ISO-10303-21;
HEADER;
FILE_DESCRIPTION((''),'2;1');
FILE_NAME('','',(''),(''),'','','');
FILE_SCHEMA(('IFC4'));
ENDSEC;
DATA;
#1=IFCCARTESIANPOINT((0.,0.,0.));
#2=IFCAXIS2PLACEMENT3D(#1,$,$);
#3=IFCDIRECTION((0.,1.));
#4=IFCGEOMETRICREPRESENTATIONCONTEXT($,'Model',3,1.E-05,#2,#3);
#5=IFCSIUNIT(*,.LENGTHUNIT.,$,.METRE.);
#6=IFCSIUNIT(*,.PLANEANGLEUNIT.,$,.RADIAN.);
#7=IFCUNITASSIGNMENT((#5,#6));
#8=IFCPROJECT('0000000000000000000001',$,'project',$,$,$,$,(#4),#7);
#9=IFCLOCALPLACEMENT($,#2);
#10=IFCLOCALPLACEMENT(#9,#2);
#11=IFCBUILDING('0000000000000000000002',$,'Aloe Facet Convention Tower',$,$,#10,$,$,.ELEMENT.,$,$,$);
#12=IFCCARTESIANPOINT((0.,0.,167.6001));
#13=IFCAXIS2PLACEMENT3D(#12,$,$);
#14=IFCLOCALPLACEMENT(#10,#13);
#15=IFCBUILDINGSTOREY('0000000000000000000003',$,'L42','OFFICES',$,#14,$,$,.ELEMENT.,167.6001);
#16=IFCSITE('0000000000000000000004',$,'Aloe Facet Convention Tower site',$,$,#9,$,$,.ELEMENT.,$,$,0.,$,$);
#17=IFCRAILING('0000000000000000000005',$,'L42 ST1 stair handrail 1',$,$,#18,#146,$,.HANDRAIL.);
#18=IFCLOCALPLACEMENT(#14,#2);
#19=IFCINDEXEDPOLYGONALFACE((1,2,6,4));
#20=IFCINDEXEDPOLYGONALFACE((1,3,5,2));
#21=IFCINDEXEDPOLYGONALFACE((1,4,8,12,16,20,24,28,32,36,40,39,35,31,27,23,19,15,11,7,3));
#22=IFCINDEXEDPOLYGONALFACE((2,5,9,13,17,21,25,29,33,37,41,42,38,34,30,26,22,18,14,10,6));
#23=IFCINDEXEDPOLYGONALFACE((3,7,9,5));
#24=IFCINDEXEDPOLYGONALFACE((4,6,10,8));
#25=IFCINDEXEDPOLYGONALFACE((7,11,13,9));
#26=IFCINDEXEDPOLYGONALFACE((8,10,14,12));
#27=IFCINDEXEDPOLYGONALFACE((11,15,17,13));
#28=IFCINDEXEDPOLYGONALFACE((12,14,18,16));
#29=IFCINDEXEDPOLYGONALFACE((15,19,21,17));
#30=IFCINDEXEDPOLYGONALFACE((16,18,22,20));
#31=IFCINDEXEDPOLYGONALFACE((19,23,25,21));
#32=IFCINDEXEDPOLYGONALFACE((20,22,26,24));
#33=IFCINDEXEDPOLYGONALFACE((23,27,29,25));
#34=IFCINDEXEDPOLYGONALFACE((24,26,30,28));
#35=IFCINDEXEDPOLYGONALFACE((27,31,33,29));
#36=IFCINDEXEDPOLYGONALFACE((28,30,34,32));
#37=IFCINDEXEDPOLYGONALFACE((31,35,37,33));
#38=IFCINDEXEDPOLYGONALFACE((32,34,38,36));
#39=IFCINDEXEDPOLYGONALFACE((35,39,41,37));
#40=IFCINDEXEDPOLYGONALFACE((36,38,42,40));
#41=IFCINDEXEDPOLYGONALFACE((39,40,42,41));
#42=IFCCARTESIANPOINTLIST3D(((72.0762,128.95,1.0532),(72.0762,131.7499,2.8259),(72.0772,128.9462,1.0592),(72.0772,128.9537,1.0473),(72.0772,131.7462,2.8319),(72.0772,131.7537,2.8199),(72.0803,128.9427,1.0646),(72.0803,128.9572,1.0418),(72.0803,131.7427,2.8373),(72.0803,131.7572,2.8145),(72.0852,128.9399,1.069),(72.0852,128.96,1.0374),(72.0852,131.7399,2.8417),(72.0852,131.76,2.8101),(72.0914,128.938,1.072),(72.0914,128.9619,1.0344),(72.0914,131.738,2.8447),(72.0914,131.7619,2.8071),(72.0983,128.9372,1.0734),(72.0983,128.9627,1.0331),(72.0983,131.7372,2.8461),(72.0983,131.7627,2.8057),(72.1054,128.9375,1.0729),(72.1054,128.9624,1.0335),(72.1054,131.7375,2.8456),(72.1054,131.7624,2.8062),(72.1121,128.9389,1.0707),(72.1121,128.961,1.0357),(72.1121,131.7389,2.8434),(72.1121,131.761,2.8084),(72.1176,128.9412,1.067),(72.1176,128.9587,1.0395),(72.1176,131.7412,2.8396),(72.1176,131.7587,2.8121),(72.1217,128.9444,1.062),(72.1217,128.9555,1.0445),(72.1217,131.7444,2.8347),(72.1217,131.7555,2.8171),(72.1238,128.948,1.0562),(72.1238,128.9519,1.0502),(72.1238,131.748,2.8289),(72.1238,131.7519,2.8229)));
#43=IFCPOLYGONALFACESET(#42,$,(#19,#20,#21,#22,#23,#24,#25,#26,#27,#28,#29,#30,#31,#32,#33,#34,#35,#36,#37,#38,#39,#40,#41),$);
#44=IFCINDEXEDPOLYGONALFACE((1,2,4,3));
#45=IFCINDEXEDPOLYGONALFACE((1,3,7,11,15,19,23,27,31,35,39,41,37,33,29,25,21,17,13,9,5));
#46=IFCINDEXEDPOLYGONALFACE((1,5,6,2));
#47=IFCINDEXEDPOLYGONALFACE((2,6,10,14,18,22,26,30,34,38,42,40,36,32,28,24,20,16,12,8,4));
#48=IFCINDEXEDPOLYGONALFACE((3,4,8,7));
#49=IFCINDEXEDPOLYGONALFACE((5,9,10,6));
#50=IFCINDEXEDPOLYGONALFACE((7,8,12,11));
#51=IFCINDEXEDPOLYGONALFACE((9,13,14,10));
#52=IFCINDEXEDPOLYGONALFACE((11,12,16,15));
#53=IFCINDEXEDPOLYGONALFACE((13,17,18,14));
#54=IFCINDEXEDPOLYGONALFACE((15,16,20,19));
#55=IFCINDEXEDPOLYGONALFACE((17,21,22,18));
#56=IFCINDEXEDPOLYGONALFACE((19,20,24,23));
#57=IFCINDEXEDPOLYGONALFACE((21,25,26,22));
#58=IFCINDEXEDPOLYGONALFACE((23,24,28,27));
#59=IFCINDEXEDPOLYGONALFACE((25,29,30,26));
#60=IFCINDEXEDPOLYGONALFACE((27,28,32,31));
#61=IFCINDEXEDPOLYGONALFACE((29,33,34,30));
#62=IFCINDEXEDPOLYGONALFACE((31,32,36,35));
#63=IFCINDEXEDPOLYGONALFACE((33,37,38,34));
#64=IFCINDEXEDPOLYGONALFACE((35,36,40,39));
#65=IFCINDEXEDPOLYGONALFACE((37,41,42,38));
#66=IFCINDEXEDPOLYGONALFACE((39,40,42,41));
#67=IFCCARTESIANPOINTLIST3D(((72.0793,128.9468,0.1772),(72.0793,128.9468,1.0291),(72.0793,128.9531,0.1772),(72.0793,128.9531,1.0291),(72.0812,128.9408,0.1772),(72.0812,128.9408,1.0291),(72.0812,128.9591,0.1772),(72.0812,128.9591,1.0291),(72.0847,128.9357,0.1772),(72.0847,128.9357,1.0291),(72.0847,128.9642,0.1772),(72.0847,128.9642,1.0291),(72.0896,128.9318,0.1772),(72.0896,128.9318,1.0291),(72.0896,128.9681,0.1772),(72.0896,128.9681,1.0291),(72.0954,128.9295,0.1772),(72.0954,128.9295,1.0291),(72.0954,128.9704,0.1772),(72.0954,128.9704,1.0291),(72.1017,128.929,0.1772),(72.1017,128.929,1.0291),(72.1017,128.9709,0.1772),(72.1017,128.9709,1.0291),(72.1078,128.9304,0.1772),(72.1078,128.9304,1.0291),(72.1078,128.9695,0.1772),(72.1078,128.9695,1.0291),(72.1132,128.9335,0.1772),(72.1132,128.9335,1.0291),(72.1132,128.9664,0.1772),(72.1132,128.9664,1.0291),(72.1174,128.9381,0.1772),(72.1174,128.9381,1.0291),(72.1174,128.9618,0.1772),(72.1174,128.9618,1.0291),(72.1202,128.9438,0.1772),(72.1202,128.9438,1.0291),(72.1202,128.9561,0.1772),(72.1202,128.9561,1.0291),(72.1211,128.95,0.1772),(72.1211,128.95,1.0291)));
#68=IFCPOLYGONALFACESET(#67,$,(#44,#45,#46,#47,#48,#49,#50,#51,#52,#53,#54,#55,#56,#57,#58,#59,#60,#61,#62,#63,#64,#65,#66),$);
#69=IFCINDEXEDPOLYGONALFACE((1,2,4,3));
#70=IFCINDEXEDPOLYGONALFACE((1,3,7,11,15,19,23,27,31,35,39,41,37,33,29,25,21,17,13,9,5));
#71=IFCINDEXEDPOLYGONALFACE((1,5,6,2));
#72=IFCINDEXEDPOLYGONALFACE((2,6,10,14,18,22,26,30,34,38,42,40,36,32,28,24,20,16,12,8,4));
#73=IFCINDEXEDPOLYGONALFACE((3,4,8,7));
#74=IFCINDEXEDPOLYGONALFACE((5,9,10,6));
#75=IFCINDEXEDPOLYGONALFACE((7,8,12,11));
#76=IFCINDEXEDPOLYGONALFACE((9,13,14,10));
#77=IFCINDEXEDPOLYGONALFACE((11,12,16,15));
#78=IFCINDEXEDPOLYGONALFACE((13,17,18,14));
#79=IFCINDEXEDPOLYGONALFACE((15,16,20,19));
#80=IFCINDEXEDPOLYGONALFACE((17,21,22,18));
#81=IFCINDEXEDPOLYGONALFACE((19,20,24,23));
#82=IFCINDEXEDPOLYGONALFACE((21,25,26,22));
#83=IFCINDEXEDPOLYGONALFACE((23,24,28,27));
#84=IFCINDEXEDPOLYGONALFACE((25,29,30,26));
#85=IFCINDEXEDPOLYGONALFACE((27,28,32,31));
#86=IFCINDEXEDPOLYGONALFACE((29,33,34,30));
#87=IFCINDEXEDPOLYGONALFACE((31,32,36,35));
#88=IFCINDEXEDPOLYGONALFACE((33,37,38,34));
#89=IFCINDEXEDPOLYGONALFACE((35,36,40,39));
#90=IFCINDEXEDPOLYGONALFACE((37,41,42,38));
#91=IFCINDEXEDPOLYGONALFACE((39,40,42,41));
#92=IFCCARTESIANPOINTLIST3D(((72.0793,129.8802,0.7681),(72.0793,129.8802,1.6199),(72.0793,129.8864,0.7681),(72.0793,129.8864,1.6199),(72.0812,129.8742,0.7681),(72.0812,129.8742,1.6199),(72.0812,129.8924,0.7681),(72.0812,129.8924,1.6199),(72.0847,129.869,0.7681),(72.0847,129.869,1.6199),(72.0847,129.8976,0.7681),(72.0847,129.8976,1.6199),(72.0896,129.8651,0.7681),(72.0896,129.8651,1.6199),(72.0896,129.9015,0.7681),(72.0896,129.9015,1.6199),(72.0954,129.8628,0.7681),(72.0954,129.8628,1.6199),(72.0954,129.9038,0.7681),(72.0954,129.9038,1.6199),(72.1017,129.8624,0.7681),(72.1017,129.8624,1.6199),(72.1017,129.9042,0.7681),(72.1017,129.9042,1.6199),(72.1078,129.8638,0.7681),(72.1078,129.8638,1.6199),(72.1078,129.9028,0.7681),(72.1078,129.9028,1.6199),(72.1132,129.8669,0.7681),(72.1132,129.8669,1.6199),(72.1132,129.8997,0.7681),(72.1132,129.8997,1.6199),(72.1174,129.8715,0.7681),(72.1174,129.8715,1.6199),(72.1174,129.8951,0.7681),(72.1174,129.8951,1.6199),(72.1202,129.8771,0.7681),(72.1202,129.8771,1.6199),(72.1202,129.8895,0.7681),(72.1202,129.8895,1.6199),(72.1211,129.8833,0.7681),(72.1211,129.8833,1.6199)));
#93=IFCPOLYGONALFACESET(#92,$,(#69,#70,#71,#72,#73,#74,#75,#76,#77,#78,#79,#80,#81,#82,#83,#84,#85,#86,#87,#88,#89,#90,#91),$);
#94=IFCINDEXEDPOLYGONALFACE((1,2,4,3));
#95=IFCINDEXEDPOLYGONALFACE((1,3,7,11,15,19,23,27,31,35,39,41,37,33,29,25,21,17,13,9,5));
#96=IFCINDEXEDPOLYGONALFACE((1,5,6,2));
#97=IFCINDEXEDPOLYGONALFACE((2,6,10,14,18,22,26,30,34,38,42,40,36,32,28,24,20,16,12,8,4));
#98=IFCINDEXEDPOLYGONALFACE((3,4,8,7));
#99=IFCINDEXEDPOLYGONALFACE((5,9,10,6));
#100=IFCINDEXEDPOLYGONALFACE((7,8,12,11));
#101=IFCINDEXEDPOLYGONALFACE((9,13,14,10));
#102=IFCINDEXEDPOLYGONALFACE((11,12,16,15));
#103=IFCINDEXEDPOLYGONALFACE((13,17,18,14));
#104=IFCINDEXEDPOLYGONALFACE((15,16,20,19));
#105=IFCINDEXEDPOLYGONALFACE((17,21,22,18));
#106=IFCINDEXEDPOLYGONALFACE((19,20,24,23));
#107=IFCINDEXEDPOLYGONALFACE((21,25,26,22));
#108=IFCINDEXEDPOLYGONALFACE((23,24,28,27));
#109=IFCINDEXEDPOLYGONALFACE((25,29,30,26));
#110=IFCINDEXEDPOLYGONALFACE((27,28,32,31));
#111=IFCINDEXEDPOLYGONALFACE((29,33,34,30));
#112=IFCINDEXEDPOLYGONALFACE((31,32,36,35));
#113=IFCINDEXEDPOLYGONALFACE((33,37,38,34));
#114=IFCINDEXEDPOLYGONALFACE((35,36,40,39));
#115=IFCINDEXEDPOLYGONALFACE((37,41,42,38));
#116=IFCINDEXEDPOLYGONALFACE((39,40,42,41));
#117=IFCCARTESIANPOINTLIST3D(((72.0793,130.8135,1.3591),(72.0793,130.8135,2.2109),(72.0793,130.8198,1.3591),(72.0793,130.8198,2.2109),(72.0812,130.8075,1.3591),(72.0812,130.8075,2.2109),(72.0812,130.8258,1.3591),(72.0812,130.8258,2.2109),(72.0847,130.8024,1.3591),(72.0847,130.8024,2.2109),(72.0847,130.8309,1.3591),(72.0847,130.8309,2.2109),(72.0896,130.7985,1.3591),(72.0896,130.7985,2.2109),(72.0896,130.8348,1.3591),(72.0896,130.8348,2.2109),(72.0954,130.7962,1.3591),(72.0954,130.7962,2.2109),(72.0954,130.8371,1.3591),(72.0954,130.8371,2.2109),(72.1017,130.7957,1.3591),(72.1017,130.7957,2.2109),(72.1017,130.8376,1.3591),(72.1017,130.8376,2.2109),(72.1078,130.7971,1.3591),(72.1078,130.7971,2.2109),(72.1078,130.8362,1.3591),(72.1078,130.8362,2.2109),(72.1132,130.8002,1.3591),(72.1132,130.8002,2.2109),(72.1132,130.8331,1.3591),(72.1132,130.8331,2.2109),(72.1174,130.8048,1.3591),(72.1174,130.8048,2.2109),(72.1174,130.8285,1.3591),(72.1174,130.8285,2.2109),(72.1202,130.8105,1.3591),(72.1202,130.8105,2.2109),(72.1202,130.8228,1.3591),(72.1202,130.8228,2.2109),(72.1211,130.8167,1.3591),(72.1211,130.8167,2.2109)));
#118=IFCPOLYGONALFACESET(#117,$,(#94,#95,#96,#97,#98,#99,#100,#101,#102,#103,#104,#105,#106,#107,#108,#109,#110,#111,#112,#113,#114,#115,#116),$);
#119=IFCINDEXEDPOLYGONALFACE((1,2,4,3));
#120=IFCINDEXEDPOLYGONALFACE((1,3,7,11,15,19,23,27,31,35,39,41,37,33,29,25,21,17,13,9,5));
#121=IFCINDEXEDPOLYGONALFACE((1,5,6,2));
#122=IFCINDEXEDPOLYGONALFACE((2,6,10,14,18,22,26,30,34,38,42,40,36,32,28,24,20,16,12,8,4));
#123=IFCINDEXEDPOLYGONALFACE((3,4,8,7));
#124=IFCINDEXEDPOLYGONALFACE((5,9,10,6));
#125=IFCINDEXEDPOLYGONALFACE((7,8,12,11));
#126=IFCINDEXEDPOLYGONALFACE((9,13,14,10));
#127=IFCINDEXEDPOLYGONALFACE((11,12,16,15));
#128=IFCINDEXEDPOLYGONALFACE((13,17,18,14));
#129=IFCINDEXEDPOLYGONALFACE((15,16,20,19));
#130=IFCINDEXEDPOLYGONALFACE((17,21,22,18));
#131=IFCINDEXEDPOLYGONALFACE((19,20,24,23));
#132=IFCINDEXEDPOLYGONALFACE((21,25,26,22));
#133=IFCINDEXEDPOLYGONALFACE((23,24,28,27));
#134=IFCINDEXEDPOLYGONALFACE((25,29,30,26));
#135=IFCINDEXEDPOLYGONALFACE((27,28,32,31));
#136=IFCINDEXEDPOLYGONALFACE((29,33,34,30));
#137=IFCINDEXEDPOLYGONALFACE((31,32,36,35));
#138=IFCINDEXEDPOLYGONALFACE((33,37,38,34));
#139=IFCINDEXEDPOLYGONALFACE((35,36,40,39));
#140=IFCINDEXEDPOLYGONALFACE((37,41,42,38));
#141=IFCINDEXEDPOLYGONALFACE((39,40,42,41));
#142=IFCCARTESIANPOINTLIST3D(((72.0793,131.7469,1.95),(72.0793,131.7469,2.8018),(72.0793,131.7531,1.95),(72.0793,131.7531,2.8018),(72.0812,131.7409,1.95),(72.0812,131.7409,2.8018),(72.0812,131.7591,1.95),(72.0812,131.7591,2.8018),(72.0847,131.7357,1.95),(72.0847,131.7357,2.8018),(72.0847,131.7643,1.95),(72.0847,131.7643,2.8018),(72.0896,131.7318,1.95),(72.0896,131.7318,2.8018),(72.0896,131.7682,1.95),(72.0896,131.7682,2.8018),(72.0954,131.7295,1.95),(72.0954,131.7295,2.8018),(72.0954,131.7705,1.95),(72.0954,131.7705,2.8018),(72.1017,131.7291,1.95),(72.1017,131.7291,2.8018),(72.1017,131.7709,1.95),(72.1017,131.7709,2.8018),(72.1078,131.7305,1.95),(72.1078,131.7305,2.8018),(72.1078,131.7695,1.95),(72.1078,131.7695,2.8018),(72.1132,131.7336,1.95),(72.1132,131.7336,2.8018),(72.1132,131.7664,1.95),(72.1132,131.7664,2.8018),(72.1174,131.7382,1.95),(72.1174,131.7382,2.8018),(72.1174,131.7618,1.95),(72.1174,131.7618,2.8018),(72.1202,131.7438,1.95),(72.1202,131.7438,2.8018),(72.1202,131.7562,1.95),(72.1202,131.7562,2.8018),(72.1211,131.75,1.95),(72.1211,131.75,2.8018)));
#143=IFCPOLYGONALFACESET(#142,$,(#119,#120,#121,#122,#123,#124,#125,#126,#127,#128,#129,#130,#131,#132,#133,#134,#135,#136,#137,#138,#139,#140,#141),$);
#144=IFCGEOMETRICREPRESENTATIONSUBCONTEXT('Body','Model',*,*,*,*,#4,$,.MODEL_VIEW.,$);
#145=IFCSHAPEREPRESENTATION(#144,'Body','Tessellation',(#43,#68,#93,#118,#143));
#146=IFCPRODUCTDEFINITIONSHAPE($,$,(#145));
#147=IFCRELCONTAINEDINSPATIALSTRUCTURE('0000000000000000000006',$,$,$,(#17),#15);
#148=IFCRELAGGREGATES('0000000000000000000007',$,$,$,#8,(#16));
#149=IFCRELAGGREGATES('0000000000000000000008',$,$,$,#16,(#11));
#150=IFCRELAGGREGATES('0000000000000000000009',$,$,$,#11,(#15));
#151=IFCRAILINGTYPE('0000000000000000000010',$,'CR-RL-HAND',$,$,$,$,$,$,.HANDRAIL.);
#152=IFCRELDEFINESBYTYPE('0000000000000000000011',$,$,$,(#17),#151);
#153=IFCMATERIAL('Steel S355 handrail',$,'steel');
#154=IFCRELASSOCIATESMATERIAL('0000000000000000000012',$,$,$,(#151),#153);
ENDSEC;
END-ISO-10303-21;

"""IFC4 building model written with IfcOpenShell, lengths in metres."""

from ifc_helpers import new_model, si_unit, direction, frame, origin, origin_2d, place, context, subcontext, project, spatial, circle, extrude, material, type_object, element, save


model = new_model("IFC4")

# Units and contexts
model_context = context("Model", 3, precision=1e-05, world=origin(), true_north=direction((0.0, 1.0)))
body_context = subcontext(model_context, "Body", "Model", "MODEL_VIEW")
ifc_project = project(units=[si_unit("LENGTHUNIT", "METRE"), si_unit("PLANEANGLEUNIT", "RADIAN")], contexts=[model_context])

# Site, building, storey
site_placement = place(None, origin())
site = spatial("IfcSite", under=ifc_project, at=site_placement, Name="Aloe Facet Convention Tower site", CompositionType="ELEMENT", RefElevation=0.0)
building_placement = place(site_placement, origin())
building = spatial("IfcBuilding", under=site, at=building_placement, Name="Aloe Facet Convention Tower", CompositionType="ELEMENT")
storey_placement = place(building_placement, frame((0.0, 0.0, 167.6001)))
storey = spatial("IfcBuildingStorey", under=building, at=storey_placement, Name="L42", Description="OFFICES", CompositionType="ELEMENT", Elevation=167.6001)

# Railing
ifc_material_1 = material(Name="Steel S355 handrail", Category="steel")
railing_type_1 = type_object("IfcRailingType", Name="CR-RL-HAND", PredefinedType="HANDRAIL", material=ifc_material_1)
railing_1_placement = place(storey_placement, frame((72.1001, 128.95, 0.1772)))
element("IfcRailing", 1, at=railing_1_placement, inside=storey, type_object=railing_type_1, Name="L42 ST1 stair handrail 1", PredefinedType="HANDRAIL", context=body_context, shape_type="SweptSolid", body=[
    extrude(circle(Radius=0.0239, at=origin_2d()), frame((0.0, 0.0, 0.876), z_axis=(0.0, 0.844909, 0.53491), x_axis=(-1.0, 0.0, 0.0)), (0.0, 0.0, 1.0), 3.314),
    extrude(circle(Radius=0.021, at=origin_2d()), origin(), (0.0, 0.0, 1.0), 0.8518),
    extrude(circle(Radius=0.021, at=origin_2d()), frame((0.0, 0.9333, 0.5908)), (0.0, 0.0, 1.0), 0.8518),
    extrude(circle(Radius=0.021, at=origin_2d()), frame((0.0, 1.8667, 1.1819)), (0.0, 0.0, 1.0), 0.8518),
    extrude(circle(Radius=0.021, at=origin_2d()), frame((0.0, 2.8, 1.7727)), (0.0, 0.0, 1.0), 0.8518),
])

save(model, "model.ifc")
